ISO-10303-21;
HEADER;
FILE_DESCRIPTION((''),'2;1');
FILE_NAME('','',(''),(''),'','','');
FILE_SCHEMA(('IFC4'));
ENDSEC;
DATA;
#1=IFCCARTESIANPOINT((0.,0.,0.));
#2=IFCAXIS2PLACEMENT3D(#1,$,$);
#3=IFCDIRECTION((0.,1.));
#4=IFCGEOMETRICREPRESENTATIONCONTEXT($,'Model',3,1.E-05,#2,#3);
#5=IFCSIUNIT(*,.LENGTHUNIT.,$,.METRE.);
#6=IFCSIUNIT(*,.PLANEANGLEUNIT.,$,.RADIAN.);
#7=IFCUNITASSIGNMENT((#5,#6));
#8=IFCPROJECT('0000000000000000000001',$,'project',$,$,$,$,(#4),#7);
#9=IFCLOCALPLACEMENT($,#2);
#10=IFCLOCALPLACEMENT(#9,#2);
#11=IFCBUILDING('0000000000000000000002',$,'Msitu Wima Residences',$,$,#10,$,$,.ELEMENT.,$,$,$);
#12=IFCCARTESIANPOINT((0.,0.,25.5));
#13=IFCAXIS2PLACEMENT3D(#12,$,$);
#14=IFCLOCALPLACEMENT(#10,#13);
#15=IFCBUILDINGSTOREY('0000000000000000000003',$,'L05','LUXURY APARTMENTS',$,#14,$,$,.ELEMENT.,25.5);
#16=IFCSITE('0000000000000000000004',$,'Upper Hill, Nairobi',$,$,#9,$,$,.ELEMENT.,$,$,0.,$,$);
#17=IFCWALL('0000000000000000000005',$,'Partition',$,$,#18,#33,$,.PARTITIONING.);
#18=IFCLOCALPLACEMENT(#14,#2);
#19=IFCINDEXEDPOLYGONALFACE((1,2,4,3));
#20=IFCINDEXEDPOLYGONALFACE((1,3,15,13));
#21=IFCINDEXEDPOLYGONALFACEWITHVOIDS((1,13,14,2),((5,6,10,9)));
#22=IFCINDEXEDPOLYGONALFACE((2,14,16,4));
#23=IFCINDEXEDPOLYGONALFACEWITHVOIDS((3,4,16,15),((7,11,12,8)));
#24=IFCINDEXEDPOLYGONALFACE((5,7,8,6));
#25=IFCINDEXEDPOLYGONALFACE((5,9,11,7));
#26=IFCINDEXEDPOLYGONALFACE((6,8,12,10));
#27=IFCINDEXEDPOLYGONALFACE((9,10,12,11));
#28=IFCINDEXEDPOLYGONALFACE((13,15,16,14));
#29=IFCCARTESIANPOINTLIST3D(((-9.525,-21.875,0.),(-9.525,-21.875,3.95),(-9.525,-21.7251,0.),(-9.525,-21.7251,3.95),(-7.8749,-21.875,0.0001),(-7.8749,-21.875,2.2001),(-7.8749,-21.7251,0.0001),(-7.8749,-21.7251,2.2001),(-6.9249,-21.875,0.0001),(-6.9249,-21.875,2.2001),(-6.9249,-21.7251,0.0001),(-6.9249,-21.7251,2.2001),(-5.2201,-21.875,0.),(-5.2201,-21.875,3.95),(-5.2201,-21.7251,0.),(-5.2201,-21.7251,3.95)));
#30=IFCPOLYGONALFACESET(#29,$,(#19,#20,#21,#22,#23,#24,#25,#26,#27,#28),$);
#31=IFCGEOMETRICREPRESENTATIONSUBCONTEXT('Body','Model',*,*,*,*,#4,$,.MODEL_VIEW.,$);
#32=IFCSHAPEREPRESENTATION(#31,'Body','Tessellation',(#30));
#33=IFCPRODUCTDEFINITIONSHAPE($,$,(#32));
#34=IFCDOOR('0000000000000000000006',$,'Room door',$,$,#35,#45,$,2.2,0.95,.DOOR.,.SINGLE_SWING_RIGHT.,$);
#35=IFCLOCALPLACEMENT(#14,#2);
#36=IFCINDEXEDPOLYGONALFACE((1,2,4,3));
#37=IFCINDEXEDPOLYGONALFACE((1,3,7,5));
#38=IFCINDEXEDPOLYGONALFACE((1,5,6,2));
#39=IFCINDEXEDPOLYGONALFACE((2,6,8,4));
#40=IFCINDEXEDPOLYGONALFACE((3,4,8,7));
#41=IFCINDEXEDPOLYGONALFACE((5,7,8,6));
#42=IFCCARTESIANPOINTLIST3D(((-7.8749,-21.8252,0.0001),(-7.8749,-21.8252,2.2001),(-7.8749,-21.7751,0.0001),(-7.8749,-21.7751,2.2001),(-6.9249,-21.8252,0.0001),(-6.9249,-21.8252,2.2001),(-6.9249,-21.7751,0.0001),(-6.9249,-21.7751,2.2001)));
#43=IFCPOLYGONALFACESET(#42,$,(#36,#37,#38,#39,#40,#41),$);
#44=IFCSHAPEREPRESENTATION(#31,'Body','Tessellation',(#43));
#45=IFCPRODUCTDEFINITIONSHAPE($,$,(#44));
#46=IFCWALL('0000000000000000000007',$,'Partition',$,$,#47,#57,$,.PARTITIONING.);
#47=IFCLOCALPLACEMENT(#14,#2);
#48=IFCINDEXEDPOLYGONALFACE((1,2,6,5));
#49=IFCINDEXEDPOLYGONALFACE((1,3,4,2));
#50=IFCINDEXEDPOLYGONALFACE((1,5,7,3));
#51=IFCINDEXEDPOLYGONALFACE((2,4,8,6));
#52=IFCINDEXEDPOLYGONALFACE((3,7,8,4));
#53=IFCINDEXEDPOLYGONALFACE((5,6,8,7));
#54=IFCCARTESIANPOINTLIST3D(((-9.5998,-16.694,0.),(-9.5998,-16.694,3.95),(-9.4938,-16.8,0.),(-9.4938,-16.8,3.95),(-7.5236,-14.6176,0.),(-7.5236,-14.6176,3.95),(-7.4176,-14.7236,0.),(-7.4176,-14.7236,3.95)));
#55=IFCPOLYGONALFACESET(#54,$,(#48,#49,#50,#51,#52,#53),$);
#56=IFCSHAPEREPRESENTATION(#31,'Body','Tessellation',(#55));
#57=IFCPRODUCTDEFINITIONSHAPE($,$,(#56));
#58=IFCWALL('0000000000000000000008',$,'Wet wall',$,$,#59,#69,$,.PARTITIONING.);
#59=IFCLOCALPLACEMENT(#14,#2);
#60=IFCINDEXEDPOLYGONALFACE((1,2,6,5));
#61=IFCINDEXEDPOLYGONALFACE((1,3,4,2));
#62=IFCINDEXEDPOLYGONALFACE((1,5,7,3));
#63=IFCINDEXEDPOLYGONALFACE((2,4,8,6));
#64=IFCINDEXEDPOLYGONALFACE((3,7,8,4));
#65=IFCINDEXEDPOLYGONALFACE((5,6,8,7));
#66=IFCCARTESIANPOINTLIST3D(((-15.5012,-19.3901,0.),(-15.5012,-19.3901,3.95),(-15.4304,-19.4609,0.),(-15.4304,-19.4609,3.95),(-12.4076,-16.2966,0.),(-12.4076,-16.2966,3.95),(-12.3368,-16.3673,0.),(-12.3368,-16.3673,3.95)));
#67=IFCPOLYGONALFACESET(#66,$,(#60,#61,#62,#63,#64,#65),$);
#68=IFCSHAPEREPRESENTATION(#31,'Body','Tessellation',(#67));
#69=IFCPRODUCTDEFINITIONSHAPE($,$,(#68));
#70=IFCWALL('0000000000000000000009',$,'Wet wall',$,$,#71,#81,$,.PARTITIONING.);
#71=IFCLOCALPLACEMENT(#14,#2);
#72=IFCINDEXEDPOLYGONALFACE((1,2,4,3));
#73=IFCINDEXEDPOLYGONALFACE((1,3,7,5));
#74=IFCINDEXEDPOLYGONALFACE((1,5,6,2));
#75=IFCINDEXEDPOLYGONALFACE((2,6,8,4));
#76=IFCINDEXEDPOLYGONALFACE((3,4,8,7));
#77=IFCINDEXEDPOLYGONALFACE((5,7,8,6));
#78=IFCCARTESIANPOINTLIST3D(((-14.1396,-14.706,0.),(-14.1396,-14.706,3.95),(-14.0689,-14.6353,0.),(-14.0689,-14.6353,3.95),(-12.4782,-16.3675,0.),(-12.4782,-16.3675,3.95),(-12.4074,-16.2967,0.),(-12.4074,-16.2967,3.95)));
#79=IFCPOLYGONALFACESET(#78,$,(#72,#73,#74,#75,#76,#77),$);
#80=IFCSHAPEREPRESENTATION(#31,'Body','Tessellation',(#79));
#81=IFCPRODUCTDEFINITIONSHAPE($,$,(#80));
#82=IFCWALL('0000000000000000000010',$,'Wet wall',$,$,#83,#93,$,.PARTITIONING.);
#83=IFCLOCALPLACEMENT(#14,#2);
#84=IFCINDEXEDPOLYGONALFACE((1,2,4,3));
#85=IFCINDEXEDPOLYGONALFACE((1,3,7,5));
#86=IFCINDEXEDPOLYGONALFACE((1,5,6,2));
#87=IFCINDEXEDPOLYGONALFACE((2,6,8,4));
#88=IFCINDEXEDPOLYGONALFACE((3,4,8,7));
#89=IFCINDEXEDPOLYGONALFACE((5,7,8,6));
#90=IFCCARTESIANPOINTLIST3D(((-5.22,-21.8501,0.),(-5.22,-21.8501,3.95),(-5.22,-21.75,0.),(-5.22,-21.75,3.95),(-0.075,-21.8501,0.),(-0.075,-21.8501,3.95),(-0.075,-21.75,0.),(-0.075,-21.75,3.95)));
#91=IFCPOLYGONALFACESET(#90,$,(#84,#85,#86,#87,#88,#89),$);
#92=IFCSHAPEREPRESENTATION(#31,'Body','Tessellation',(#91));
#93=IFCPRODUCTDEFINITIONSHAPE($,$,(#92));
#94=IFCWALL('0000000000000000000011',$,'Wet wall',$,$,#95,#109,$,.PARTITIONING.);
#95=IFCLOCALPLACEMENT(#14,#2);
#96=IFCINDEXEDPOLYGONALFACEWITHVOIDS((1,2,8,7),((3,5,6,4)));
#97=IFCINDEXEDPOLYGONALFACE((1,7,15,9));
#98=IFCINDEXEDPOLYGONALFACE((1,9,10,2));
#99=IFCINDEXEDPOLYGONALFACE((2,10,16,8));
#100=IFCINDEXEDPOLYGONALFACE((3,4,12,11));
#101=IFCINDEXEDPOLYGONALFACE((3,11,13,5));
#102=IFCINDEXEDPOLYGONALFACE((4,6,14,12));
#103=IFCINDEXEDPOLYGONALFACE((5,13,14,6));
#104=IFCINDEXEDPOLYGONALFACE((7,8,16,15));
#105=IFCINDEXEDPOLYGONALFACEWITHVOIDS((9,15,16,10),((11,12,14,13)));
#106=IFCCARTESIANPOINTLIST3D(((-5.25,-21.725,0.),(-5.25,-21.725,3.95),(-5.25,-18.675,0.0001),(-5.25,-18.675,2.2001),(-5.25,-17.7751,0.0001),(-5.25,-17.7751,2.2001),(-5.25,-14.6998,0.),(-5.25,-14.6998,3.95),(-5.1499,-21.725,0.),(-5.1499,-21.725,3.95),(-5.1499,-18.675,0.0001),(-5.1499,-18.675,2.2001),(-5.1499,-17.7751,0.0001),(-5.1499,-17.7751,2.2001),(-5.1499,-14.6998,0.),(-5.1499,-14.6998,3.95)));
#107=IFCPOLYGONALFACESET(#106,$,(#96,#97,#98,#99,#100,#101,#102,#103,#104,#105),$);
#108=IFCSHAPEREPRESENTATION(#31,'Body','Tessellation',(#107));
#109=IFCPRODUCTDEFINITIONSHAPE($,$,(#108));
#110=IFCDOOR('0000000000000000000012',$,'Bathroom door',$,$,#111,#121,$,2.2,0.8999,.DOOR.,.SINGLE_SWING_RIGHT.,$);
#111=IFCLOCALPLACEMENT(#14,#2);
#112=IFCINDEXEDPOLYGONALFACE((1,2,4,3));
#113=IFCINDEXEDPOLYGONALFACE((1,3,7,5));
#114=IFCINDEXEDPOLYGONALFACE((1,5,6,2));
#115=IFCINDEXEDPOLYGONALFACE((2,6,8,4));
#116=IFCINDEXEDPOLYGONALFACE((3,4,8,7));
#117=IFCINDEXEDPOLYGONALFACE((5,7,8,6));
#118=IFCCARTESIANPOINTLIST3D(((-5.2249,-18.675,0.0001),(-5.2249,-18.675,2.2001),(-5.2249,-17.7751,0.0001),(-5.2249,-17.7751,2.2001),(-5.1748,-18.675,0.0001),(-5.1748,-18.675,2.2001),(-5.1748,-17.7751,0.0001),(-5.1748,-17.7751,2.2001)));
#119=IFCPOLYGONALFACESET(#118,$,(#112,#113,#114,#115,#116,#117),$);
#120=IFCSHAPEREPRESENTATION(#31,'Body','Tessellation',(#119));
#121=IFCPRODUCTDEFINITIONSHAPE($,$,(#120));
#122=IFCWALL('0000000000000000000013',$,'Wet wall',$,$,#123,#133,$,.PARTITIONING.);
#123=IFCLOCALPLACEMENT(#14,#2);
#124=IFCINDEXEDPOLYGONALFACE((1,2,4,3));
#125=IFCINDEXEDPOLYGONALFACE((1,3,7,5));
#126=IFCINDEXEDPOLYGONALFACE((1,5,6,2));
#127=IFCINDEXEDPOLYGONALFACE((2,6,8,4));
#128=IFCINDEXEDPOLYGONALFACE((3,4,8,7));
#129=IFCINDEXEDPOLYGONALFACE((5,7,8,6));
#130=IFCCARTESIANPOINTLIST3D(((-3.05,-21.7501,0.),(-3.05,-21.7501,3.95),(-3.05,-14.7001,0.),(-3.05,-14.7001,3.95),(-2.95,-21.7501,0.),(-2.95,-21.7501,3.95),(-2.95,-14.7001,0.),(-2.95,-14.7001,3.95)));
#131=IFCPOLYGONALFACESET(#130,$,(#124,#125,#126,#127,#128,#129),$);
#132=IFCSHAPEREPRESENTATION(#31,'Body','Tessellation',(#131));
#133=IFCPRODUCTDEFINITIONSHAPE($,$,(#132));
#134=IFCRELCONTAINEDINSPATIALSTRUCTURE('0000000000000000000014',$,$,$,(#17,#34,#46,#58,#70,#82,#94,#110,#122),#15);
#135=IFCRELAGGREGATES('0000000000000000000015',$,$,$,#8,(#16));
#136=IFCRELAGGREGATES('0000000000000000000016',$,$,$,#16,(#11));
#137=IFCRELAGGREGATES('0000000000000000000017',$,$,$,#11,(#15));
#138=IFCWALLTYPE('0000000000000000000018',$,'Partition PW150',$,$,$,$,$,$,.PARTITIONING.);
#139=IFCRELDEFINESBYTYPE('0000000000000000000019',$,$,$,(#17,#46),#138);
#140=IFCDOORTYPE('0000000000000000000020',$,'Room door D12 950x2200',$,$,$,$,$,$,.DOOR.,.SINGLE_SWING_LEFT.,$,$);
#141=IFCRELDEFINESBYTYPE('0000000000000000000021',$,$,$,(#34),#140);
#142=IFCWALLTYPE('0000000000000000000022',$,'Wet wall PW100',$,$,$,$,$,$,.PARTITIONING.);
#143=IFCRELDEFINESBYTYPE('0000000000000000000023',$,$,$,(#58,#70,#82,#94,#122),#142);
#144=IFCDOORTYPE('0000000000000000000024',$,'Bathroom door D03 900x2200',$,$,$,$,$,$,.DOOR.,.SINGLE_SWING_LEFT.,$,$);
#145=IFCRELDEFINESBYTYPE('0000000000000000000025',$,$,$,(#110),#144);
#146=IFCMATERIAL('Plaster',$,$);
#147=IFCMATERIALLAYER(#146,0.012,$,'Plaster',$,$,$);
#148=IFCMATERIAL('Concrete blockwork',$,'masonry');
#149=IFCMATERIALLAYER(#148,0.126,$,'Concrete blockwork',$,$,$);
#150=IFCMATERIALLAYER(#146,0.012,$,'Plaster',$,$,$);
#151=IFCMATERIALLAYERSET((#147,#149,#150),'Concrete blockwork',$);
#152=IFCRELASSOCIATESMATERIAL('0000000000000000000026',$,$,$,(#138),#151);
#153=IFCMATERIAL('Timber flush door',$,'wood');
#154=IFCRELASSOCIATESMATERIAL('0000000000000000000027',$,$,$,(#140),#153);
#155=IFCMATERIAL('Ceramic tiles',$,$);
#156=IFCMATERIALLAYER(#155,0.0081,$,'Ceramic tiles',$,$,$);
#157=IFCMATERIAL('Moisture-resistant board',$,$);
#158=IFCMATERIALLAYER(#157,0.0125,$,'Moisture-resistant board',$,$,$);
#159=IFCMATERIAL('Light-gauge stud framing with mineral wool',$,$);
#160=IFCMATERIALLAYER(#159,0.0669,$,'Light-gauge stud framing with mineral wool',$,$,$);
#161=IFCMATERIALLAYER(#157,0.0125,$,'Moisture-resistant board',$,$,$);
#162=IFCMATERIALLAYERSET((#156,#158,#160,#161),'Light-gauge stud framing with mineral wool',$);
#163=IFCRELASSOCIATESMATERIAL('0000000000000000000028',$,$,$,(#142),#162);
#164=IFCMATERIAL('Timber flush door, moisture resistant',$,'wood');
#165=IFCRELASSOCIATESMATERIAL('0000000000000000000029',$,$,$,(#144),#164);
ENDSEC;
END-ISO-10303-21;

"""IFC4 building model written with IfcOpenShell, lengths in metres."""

from ifc_helpers import new_model, si_unit, direction, frame, frame_2d, origin, place, context, subcontext, project, spatial, rectangle, extrude, material, layer, layer_set, type_object, element, fill, save


model = new_model("IFC4")

# Units and contexts
model_context = context("Model", 3, precision=1e-05, world=origin(), true_north=direction((0.0, 1.0)))
body_context = subcontext(model_context, "Body", "Model", "MODEL_VIEW")
ifc_project = project(units=[si_unit("LENGTHUNIT", "METRE"), si_unit("PLANEANGLEUNIT", "RADIAN")], contexts=[model_context])

# Site, building, storey
site_placement = place(None, origin())
site = spatial("IfcSite", under=ifc_project, at=site_placement, Name="Upper Hill, Nairobi", CompositionType="ELEMENT", RefElevation=0.0)
building_placement = place(site_placement, origin())
building = spatial("IfcBuilding", under=site, at=building_placement, Name="Msitu Wima Residences", CompositionType="ELEMENT")
storey_placement = place(building_placement, frame((0.0, 0.0, 25.5)))
storey = spatial("IfcBuildingStorey", under=building, at=storey_placement, Name="L05", Description="LUXURY APARTMENTS", CompositionType="ELEMENT", Elevation=25.5)

# Shared definitions
ifc_material_1 = material(Name="Plaster")
ifc_layer_1 = layer(ifc_material_1, 0.012, Name="Plaster")
ifc_material_2 = material(Name="Concrete blockwork", Category="masonry")
ifc_layer_2 = layer(ifc_material_2, 0.126, Name="Concrete blockwork")
ifc_layer_3 = layer(ifc_material_1, 0.012, Name="Plaster")
ifc_layer_set_1 = layer_set([ifc_layer_1, ifc_layer_2, ifc_layer_3], Name="Concrete blockwork")
wall_type_1 = type_object("IfcWallType", Name="Partition PW150", PredefinedType="PARTITIONING", material=ifc_layer_set_1)

# Shared definitions
ifc_material_3 = material(Name="Timber flush door", Category="wood")
door_type_1 = type_object("IfcDoorType", Name="Room door D12 950x2200", OperationType="SINGLE_SWING_LEFT", PredefinedType="DOOR", material=ifc_material_3)

# Wall, opening, door
wall_1_placement = place(storey_placement, frame((-9.5249, -21.8, 0.0), z_axis=(0.0, 0.0, 1.0), x_axis=(1.0, 0.0, 0.0)))
wall_1 = element("IfcWall", 1, at=wall_1_placement, inside=storey, type_object=wall_type_1, Name="Partition", PredefinedType="PARTITIONING", context=body_context, shape_type="SweptSolid", body=[
    extrude(rectangle(XDim=4.3049, YDim=0.1499, at=frame_2d((2.1523, 0.0))), origin(), (0.0, 0.0, 1.0), 3.95),
])
opening_1_placement = place(wall_1_placement, frame((1.6499, 0.0, 0.0)))
opening_1 = element("IfcOpeningElement", 2, at=opening_1_placement, cuts=wall_1, PredefinedType="OPENING", context=body_context, shape_type="SweptSolid", body=[
    extrude(rectangle(XDim=0.95, YDim=2.2, at=frame_2d((0.4751, 1.1001))), frame((0.0, 0.085, 0.0), z_axis=(0.0, -1.0, 0.0), x_axis=(1.0, 0.0, 0.0)), (0.0, 0.0, 1.0), 0.1699),
])
door_1_placement = place(opening_1_placement, origin())
door_1 = element("IfcDoor", 3, at=door_1_placement, inside=storey, type_object=door_type_1, Name="Room door", OperationType="SINGLE_SWING_RIGHT", OverallHeight=2.2, OverallWidth=0.95, PredefinedType="DOOR", context=body_context, shape_type="SweptSolid", body=[
    extrude(rectangle(XDim=0.95, YDim=2.2, at=frame_2d((0.4751, 1.1001))), frame((0.0, 0.0249, 0.0), z_axis=(0.0, -1.0, 0.0), x_axis=(1.0, 0.0, 0.0)), (0.0, 0.0, 1.0), 0.05),
])
fill(opening_1, door_1)

# Walls
wall_2_placement = place(storey_placement, frame((-9.5469, -16.7471, 0.0), z_axis=(0.0, 0.0, 1.0), x_axis=(0.707065, 0.707148, 0.0)))
element("IfcWall", 4, at=wall_2_placement, inside=storey, type_object=wall_type_1, Name="Partition", PredefinedType="PARTITIONING", context=body_context, shape_type="SweptSolid", body=[
    extrude(rectangle(XDim=2.9363, YDim=0.1499, at=frame_2d((1.4683, 0.0))), origin(), (0.0, 0.0, 1.0), 3.95),
])
ifc_material_4 = material(Name="Ceramic tiles")
ifc_layer_4 = layer(ifc_material_4, 0.0081, Name="Ceramic tiles")
ifc_material_5 = material(Name="Moisture-resistant board")
ifc_layer_5 = layer(ifc_material_5, 0.0125, Name="Moisture-resistant board")
ifc_material_6 = material(Name="Light-gauge stud framing with mineral wool")
ifc_layer_6 = layer(ifc_material_6, 0.0669, Name="Light-gauge stud framing with mineral wool")
ifc_layer_7 = layer(ifc_material_5, 0.0125, Name="Moisture-resistant board")
ifc_layer_set_2 = layer_set([ifc_layer_4, ifc_layer_5, ifc_layer_6, ifc_layer_7], Name="Light-gauge stud framing with mineral wool")
wall_type_2 = type_object("IfcWallType", Name="Wet wall PW100", PredefinedType="PARTITIONING", material=ifc_layer_set_2)
wall_3_placement = place(storey_placement, frame((-15.4658, -19.4255, 0.0), z_axis=(0.0, 0.0, 1.0), x_axis=(0.707107, 0.707107, 0.0)))
element("IfcWall", 5, at=wall_3_placement, inside=storey, type_object=wall_type_2, Name="Wet wall", PredefinedType="PARTITIONING", context=body_context, shape_type="SweptSolid", body=[
    extrude(rectangle(XDim=4.375, YDim=0.1001, at=frame_2d((2.1875, 0.0))), origin(), (0.0, 0.0, 1.0), 3.95),
])
wall_4_placement = place(storey_placement, frame((-14.1042, -14.6707, 0.0), z_axis=(0.0, 0.0, 1.0), x_axis=(0.707107, -0.707107, 0.0)))
element("IfcWall", 6, at=wall_4_placement, inside=storey, type_object=wall_type_2, Name="Wet wall", PredefinedType="PARTITIONING", context=body_context, shape_type="SweptSolid", body=[
    extrude(rectangle(XDim=2.3496, YDim=0.1001, at=frame_2d((1.1748, 0.0))), origin(), (0.0, 0.0, 1.0), 3.95),
])
wall_5_placement = place(storey_placement, frame((-5.22, -21.8, 0.0), z_axis=(0.0, 0.0, 1.0), x_axis=(1.0, 0.0, 0.0)))
element("IfcWall", 7, at=wall_5_placement, inside=storey, type_object=wall_type_2, Name="Wet wall", PredefinedType="PARTITIONING", context=body_context, shape_type="SweptSolid", body=[
    extrude(rectangle(XDim=5.145, YDim=0.1001, at=frame_2d((2.5725, 0.0))), origin(), (0.0, 0.0, 1.0), 3.95),
])

# Wall, opening, door
wall_6_placement = place(storey_placement, frame((-5.2, -21.7251, 0.0), z_axis=(0.0, 0.0, 1.0), x_axis=(0.0, 1.0, 0.0)))
wall_6 = element("IfcWall", 8, at=wall_6_placement, inside=storey, type_object=wall_type_2, Name="Wet wall", PredefinedType="PARTITIONING", context=body_context, shape_type="SweptSolid", body=[
    extrude(rectangle(XDim=7.0251, YDim=0.1001, at=frame_2d((3.5127, 0.0))), origin(), (0.0, 0.0, 1.0), 3.95),
])
opening_2_placement = place(wall_6_placement, frame((3.05, 0.0, 0.0)))
opening_2 = element("IfcOpeningElement", 9, at=opening_2_placement, cuts=wall_6, PredefinedType="OPENING", context=body_context, shape_type="SweptSolid", body=[
    extrude(rectangle(XDim=0.8999, YDim=2.2, at=frame_2d((0.45, 1.1001))), frame((0.0, 0.0601, 0.0), z_axis=(0.0, -1.0, 0.0), x_axis=(1.0, 0.0, 0.0)), (0.0, 0.0, 1.0), 0.1201),
])
ifc_material_7 = material(Name="Timber flush door, moisture resistant", Category="wood")
door_type_2 = type_object("IfcDoorType", Name="Bathroom door D03 900x2200", OperationType="SINGLE_SWING_LEFT", PredefinedType="DOOR", material=ifc_material_7)
door_2_placement = place(opening_2_placement, origin())
door_2 = element("IfcDoor", 10, at=door_2_placement, inside=storey, type_object=door_type_2, Name="Bathroom door", OperationType="SINGLE_SWING_RIGHT", OverallHeight=2.2, OverallWidth=0.8999, PredefinedType="DOOR", context=body_context, shape_type="SweptSolid", body=[
    extrude(rectangle(XDim=0.8999, YDim=2.2, at=frame_2d((0.45, 1.1001))), frame((0.0, 0.0249, 0.0), z_axis=(0.0, -1.0, 0.0), x_axis=(1.0, 0.0, 0.0)), (0.0, 0.0, 1.0), 0.05),
])
fill(opening_2, door_2)

# Wall
wall_7_placement = place(storey_placement, frame((-3.0, -21.75, 0.0), z_axis=(0.0, 0.0, 1.0), x_axis=(0.0, 1.0, 0.0)))
element("IfcWall", 11, at=wall_7_placement, inside=storey, type_object=wall_type_2, Name="Wet wall", PredefinedType="PARTITIONING", context=body_context, shape_type="SweptSolid", body=[
    extrude(rectangle(XDim=7.05, YDim=0.1001, at=frame_2d((3.5249, 0.0))), origin(), (0.0, 0.0, 1.0), 3.95),
])

save(model, "model.ifc")
